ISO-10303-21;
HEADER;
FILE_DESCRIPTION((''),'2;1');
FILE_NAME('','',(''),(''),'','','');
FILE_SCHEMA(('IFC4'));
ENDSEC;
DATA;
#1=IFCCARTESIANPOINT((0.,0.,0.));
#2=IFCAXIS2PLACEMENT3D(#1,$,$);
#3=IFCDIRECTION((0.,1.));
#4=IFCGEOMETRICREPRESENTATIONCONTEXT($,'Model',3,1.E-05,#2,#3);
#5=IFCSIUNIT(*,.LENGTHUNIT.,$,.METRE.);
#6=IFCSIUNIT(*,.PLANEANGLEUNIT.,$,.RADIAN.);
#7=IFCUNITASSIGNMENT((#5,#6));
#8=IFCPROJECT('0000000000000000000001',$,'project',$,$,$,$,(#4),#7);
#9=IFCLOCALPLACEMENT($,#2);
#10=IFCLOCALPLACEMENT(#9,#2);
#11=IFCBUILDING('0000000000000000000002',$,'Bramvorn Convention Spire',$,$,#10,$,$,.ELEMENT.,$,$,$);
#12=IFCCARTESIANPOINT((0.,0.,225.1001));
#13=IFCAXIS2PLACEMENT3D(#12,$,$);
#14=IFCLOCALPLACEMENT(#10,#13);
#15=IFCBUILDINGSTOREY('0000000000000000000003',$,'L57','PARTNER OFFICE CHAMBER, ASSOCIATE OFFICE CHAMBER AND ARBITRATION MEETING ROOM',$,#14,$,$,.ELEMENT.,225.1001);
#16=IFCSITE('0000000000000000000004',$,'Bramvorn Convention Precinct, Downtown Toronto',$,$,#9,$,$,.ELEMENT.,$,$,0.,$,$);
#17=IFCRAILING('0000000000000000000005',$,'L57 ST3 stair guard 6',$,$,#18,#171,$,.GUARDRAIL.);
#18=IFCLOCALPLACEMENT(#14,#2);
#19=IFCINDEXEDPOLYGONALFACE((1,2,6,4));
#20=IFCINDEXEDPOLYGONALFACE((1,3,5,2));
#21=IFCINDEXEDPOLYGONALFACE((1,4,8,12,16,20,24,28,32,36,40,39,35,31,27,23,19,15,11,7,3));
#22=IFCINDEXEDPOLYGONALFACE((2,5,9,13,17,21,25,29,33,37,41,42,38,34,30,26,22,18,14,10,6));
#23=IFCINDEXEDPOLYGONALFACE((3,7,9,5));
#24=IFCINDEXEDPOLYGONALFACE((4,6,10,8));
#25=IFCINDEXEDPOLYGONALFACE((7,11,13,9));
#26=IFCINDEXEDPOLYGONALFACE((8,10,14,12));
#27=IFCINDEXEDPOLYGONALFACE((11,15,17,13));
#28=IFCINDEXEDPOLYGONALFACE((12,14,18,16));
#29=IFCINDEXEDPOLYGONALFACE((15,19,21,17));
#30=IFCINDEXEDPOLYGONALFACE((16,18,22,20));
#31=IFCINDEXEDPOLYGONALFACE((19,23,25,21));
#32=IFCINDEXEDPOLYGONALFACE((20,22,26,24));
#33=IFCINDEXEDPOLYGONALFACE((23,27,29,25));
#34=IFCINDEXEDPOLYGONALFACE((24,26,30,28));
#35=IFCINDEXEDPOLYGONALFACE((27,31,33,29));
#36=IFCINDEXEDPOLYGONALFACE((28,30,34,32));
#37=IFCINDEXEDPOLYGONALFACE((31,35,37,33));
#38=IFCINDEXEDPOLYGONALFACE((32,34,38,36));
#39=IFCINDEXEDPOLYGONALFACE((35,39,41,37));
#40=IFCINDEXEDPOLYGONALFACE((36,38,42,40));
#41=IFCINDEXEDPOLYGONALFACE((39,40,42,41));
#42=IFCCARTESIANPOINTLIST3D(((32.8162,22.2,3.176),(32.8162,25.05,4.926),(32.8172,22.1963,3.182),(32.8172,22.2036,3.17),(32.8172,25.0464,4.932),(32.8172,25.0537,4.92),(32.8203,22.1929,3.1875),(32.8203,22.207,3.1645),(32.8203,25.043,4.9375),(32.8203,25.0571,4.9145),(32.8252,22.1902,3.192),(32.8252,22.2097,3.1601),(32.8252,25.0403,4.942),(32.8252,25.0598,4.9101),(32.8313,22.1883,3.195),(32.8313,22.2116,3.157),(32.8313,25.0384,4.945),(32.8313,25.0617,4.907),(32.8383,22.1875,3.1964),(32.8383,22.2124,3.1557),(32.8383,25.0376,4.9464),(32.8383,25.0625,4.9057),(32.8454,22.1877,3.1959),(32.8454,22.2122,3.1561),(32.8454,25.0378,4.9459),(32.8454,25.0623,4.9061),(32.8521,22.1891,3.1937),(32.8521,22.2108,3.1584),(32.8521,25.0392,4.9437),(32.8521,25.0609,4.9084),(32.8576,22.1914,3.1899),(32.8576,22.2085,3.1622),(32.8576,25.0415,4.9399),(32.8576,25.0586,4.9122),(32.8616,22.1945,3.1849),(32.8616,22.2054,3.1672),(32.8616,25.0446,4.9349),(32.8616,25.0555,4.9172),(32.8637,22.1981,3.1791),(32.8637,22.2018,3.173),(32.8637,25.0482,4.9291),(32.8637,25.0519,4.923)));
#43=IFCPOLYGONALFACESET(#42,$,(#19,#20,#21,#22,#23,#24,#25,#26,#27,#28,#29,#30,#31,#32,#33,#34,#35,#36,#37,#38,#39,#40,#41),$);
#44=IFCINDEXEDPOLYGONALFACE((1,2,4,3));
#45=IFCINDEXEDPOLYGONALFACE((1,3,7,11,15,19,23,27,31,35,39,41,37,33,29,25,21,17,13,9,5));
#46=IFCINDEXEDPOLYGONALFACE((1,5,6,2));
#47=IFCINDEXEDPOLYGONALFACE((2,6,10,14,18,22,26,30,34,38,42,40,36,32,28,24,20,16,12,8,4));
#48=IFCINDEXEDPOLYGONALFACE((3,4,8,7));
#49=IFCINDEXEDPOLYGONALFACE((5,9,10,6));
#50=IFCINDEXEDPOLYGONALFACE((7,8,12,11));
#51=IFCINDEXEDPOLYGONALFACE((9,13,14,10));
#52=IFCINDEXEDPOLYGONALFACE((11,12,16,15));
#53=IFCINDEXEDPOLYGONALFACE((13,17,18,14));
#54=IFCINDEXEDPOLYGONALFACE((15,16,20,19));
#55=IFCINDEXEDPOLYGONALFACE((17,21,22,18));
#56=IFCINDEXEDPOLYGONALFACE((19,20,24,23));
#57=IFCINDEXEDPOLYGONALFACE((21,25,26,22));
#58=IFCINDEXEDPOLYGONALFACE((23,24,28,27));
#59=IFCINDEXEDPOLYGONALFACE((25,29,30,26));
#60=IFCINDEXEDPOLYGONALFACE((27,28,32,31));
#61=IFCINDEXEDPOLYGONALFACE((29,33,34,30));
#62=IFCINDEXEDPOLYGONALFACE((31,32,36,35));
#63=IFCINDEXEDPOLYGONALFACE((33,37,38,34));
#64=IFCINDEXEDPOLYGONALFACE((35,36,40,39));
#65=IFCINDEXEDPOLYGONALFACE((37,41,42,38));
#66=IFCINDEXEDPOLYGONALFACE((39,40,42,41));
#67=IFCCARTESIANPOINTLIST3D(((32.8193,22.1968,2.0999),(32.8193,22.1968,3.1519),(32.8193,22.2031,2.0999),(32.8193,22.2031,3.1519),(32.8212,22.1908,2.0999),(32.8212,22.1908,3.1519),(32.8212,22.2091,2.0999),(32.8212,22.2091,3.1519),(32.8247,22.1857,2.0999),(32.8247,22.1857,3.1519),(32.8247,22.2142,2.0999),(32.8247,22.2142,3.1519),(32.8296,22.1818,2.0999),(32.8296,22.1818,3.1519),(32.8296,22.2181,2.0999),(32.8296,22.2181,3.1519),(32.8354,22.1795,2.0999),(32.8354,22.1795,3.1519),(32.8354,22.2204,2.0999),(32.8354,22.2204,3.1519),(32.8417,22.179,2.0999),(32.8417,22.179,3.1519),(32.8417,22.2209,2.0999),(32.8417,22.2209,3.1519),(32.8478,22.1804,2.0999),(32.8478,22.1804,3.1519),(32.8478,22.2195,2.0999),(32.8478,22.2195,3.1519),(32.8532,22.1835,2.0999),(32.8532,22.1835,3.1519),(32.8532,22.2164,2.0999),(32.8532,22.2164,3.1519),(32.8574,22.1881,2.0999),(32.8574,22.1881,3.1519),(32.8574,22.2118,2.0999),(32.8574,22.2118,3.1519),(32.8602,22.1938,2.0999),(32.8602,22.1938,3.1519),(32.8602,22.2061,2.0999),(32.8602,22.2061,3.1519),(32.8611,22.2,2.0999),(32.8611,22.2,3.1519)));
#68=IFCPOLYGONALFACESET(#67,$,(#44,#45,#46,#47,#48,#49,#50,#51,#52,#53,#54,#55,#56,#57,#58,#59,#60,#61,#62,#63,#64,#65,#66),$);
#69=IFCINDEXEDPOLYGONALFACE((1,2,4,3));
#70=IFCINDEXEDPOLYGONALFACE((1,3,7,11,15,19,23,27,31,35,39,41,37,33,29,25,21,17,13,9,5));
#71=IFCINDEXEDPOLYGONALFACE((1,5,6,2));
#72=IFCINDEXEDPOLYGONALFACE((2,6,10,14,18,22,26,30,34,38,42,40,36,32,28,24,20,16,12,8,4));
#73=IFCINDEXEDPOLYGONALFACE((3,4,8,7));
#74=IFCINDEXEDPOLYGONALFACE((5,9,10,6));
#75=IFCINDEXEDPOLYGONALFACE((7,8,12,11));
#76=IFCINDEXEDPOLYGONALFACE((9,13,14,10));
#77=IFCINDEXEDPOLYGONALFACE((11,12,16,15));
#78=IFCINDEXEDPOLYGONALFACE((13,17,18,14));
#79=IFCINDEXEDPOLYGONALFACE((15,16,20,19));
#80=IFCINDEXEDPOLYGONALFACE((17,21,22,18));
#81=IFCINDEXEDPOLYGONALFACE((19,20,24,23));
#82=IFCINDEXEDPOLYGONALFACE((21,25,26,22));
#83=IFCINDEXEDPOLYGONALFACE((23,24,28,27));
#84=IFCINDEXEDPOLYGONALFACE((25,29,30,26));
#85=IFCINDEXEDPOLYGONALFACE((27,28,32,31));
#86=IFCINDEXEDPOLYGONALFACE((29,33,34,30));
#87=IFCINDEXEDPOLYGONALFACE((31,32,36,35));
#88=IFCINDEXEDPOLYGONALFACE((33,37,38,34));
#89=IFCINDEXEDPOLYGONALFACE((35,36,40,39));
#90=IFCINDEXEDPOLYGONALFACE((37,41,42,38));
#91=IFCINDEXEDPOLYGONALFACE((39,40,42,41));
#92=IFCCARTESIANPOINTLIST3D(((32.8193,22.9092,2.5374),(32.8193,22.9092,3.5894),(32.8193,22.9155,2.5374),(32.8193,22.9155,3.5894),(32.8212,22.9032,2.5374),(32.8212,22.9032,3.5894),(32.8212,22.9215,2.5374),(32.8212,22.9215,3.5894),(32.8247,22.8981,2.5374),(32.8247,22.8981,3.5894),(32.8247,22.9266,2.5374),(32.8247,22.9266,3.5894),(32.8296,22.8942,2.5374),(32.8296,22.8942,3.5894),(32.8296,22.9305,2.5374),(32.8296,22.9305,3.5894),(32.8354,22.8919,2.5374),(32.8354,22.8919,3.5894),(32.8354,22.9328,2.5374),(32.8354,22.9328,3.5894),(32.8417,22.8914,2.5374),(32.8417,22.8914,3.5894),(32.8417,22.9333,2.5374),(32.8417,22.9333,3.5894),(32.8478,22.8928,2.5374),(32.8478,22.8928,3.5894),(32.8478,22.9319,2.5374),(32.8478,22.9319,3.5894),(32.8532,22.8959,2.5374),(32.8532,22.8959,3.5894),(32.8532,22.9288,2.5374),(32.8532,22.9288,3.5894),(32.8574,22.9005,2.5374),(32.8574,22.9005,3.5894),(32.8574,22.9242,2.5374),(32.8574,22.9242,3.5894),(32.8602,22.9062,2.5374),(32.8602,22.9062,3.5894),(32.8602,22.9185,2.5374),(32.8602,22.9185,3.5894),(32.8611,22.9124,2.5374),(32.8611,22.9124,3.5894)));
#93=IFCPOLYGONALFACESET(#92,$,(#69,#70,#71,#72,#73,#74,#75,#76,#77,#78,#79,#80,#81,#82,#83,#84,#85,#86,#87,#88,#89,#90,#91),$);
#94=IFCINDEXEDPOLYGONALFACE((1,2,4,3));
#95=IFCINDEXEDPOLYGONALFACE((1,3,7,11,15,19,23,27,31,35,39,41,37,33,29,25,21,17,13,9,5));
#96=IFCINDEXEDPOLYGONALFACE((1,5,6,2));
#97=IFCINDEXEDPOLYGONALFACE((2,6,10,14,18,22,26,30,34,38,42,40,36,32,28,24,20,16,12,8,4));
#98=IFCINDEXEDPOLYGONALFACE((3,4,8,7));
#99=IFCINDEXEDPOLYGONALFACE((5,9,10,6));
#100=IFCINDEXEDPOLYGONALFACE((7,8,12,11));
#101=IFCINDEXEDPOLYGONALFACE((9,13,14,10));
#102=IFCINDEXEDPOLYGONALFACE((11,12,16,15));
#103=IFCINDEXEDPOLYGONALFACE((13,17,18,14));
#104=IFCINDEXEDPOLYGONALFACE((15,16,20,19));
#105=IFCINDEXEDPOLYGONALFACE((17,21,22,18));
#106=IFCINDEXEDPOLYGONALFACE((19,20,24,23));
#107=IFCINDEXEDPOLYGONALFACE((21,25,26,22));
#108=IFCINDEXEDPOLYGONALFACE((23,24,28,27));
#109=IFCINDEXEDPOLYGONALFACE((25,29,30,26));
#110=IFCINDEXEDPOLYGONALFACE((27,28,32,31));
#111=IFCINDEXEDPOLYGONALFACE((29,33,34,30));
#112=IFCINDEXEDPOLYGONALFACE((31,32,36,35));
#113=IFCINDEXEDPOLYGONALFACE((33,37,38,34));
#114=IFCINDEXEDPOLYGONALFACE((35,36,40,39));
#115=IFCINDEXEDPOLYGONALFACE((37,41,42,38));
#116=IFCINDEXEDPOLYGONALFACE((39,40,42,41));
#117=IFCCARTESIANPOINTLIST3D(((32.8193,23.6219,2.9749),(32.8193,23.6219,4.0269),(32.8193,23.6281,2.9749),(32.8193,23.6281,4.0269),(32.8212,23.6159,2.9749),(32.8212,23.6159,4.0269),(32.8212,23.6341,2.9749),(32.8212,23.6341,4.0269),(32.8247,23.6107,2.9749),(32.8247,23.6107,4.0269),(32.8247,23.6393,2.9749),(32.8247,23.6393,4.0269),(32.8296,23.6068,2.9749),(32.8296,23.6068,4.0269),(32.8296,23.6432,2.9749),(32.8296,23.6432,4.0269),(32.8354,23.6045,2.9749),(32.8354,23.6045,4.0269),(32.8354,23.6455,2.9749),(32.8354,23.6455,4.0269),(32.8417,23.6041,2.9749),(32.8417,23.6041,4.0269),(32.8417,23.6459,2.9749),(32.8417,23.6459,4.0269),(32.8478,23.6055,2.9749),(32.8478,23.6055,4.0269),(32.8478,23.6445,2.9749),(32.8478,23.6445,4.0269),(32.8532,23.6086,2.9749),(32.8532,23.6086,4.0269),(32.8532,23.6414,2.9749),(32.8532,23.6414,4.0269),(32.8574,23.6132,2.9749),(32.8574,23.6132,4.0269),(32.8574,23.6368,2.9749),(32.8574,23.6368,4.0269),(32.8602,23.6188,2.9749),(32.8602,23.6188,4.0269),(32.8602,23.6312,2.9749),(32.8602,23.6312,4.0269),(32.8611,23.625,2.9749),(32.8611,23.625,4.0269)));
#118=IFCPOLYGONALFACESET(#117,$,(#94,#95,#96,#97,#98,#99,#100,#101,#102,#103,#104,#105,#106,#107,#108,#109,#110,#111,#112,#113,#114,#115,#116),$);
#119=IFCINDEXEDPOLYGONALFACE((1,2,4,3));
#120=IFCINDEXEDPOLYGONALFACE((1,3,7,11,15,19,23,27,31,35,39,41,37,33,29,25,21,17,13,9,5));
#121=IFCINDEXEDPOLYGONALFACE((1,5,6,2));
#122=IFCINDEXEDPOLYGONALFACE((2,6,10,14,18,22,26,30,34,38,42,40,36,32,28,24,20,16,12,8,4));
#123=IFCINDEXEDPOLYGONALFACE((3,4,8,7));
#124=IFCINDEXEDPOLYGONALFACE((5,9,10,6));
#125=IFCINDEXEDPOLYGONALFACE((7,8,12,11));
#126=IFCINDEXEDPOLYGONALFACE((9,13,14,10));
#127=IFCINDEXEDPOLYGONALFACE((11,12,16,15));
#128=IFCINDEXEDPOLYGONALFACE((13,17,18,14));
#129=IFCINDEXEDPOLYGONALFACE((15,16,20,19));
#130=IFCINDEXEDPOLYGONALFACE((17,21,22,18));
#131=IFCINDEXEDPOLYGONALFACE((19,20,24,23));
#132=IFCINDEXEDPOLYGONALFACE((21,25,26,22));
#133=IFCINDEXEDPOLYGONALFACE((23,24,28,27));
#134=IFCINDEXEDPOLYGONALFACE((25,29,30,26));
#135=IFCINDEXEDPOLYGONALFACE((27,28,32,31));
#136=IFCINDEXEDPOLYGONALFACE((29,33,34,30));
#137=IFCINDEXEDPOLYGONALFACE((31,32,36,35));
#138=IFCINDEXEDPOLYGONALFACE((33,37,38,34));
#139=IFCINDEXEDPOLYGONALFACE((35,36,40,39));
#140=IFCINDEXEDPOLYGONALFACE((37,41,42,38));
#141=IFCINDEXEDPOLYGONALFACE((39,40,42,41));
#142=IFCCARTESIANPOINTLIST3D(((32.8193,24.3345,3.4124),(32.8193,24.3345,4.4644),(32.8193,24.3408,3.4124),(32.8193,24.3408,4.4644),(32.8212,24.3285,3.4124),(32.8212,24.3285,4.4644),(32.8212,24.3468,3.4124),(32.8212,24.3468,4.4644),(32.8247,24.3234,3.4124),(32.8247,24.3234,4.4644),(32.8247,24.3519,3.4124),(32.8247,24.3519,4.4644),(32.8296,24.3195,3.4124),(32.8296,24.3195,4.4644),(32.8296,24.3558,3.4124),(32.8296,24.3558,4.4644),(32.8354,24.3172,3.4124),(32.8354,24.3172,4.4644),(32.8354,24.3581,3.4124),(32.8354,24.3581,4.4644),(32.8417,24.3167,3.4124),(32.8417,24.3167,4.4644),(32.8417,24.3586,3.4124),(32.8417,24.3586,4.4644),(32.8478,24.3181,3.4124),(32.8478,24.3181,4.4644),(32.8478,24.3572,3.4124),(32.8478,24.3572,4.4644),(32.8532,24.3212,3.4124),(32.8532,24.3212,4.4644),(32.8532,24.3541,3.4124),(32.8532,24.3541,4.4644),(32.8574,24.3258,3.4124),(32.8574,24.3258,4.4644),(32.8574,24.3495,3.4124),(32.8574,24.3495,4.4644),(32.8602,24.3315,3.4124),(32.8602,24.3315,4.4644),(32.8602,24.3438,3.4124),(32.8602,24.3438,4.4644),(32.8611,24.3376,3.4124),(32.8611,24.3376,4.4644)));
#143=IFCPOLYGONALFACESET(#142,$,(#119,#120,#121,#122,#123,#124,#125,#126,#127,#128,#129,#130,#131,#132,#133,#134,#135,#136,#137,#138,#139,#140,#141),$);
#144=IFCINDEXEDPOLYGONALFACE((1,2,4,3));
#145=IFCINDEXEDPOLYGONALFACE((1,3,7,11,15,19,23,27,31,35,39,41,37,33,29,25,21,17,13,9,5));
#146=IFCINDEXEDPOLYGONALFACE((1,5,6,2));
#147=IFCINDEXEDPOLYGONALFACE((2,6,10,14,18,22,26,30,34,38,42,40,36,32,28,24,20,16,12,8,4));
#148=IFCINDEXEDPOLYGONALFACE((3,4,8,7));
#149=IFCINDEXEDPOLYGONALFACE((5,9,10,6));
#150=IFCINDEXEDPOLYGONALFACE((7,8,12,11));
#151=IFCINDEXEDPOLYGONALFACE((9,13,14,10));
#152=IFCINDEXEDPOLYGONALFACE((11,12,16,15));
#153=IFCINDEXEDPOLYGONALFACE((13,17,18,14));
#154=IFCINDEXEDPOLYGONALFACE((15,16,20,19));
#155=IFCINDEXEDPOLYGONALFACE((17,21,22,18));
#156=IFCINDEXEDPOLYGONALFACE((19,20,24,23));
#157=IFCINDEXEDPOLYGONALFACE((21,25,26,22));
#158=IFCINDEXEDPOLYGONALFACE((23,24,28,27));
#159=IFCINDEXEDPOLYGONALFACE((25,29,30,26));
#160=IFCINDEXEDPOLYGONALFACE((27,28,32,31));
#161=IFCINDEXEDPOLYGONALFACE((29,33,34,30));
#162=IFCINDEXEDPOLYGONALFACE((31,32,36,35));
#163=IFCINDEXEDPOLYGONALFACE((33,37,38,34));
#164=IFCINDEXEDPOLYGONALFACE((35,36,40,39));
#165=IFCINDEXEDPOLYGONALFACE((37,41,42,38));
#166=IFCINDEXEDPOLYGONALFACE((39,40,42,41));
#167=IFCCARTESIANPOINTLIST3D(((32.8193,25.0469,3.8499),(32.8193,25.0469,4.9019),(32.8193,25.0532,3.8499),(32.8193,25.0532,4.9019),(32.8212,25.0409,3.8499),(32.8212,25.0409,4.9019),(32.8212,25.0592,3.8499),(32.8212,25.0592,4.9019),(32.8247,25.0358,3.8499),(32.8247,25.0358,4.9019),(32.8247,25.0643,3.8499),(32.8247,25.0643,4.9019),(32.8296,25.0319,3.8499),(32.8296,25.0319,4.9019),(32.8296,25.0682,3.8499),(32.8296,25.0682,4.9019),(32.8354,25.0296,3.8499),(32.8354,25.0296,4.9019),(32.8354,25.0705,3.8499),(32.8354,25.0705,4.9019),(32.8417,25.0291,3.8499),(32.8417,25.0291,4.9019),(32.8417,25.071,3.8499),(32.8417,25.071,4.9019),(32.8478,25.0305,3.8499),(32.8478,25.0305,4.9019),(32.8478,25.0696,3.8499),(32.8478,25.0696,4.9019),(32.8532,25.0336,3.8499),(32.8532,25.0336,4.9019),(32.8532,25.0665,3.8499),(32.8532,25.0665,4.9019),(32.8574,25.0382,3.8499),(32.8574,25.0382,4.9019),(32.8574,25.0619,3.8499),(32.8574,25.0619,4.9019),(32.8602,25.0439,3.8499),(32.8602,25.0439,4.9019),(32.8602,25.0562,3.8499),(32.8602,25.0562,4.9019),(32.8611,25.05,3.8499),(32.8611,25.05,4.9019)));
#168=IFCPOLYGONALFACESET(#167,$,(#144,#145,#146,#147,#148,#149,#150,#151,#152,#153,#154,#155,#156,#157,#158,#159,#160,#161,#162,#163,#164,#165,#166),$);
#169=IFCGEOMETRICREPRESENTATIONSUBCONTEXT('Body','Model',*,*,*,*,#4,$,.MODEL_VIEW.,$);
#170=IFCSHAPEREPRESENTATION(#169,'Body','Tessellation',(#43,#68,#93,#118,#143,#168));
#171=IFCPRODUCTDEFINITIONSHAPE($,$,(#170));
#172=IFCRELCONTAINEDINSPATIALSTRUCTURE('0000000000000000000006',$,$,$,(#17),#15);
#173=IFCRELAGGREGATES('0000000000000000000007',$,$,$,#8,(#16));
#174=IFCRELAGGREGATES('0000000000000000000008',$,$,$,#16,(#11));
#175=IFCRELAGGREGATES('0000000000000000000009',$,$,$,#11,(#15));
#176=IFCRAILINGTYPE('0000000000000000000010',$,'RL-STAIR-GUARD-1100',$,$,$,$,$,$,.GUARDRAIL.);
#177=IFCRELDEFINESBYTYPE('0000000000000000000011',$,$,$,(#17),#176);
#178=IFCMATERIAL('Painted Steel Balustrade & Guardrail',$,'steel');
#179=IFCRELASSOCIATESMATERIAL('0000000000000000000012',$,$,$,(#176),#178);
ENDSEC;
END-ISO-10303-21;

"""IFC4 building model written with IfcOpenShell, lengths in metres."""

from ifc_helpers import new_model, si_unit, direction, frame, origin, origin_2d, place, context, subcontext, project, spatial, circle, extrude, material, type_object, element, save


model = new_model("IFC4")

# Units and contexts
model_context = context("Model", 3, precision=1e-05, world=origin(), true_north=direction((0.0, 1.0)))
body_context = subcontext(model_context, "Body", "Model", "MODEL_VIEW")
ifc_project = project(units=[si_unit("LENGTHUNIT", "METRE"), si_unit("PLANEANGLEUNIT", "RADIAN")], contexts=[model_context])

# Site, building, storey
site_placement = place(None, origin())
site = spatial("IfcSite", under=ifc_project, at=site_placement, Name="Bramvorn Convention Precinct, Downtown Toronto", CompositionType="ELEMENT", RefElevation=0.0)
building_placement = place(site_placement, origin())
building = spatial("IfcBuilding", under=site, at=building_placement, Name="Bramvorn Convention Spire", CompositionType="ELEMENT")
storey_placement = place(building_placement, frame((0.0, 0.0, 225.1001)))
storey = spatial("IfcBuildingStorey", under=building, at=storey_placement, Name="L57", Description="PARTNER OFFICE CHAMBER, ASSOCIATE OFFICE CHAMBER AND ARBITRATION MEETING ROOM", CompositionType="ELEMENT", Elevation=225.1001)

# Railing
ifc_material_1 = material(Name="Painted Steel Balustrade & Guardrail", Category="steel")
railing_type_1 = type_object("IfcRailingType", Name="RL-STAIR-GUARD-1100", PredefinedType="GUARDRAIL", material=ifc_material_1)
railing_1_placement = place(storey_placement, frame((32.8401, 22.2, 2.0999)))
element("IfcRailing", 1, at=railing_1_placement, inside=storey, type_object=railing_type_1, Name="L57 ST3 stair guard 6", PredefinedType="GUARDRAIL", context=body_context, shape_type="SweptSolid", body=[
    extrude(circle(Radius=0.0239, at=origin_2d()), frame((0.0, 0.0, 1.0762), z_axis=(0.0, 0.852179, 0.52325), x_axis=(-1.0, 0.0, 0.0)), (0.0, 0.0, 1.0), 3.3445),
    extrude(circle(Radius=0.021, at=origin_2d()), origin(), (0.0, 0.0, 1.0), 1.052),
    extrude(circle(Radius=0.021, at=origin_2d()), frame((0.0, 0.7124, 0.4375)), (0.0, 0.0, 1.0), 1.052),
    extrude(circle(Radius=0.021, at=origin_2d()), frame((0.0, 1.425, 0.875)), (0.0, 0.0, 1.0), 1.052),
    extrude(circle(Radius=0.021, at=origin_2d()), frame((0.0, 2.1377, 1.3125)), (0.0, 0.0, 1.0), 1.052),
    extrude(circle(Radius=0.021, at=origin_2d()), frame((0.0, 2.8501, 1.75)), (0.0, 0.0, 1.0), 1.052),
])

save(model, "model.ifc")
